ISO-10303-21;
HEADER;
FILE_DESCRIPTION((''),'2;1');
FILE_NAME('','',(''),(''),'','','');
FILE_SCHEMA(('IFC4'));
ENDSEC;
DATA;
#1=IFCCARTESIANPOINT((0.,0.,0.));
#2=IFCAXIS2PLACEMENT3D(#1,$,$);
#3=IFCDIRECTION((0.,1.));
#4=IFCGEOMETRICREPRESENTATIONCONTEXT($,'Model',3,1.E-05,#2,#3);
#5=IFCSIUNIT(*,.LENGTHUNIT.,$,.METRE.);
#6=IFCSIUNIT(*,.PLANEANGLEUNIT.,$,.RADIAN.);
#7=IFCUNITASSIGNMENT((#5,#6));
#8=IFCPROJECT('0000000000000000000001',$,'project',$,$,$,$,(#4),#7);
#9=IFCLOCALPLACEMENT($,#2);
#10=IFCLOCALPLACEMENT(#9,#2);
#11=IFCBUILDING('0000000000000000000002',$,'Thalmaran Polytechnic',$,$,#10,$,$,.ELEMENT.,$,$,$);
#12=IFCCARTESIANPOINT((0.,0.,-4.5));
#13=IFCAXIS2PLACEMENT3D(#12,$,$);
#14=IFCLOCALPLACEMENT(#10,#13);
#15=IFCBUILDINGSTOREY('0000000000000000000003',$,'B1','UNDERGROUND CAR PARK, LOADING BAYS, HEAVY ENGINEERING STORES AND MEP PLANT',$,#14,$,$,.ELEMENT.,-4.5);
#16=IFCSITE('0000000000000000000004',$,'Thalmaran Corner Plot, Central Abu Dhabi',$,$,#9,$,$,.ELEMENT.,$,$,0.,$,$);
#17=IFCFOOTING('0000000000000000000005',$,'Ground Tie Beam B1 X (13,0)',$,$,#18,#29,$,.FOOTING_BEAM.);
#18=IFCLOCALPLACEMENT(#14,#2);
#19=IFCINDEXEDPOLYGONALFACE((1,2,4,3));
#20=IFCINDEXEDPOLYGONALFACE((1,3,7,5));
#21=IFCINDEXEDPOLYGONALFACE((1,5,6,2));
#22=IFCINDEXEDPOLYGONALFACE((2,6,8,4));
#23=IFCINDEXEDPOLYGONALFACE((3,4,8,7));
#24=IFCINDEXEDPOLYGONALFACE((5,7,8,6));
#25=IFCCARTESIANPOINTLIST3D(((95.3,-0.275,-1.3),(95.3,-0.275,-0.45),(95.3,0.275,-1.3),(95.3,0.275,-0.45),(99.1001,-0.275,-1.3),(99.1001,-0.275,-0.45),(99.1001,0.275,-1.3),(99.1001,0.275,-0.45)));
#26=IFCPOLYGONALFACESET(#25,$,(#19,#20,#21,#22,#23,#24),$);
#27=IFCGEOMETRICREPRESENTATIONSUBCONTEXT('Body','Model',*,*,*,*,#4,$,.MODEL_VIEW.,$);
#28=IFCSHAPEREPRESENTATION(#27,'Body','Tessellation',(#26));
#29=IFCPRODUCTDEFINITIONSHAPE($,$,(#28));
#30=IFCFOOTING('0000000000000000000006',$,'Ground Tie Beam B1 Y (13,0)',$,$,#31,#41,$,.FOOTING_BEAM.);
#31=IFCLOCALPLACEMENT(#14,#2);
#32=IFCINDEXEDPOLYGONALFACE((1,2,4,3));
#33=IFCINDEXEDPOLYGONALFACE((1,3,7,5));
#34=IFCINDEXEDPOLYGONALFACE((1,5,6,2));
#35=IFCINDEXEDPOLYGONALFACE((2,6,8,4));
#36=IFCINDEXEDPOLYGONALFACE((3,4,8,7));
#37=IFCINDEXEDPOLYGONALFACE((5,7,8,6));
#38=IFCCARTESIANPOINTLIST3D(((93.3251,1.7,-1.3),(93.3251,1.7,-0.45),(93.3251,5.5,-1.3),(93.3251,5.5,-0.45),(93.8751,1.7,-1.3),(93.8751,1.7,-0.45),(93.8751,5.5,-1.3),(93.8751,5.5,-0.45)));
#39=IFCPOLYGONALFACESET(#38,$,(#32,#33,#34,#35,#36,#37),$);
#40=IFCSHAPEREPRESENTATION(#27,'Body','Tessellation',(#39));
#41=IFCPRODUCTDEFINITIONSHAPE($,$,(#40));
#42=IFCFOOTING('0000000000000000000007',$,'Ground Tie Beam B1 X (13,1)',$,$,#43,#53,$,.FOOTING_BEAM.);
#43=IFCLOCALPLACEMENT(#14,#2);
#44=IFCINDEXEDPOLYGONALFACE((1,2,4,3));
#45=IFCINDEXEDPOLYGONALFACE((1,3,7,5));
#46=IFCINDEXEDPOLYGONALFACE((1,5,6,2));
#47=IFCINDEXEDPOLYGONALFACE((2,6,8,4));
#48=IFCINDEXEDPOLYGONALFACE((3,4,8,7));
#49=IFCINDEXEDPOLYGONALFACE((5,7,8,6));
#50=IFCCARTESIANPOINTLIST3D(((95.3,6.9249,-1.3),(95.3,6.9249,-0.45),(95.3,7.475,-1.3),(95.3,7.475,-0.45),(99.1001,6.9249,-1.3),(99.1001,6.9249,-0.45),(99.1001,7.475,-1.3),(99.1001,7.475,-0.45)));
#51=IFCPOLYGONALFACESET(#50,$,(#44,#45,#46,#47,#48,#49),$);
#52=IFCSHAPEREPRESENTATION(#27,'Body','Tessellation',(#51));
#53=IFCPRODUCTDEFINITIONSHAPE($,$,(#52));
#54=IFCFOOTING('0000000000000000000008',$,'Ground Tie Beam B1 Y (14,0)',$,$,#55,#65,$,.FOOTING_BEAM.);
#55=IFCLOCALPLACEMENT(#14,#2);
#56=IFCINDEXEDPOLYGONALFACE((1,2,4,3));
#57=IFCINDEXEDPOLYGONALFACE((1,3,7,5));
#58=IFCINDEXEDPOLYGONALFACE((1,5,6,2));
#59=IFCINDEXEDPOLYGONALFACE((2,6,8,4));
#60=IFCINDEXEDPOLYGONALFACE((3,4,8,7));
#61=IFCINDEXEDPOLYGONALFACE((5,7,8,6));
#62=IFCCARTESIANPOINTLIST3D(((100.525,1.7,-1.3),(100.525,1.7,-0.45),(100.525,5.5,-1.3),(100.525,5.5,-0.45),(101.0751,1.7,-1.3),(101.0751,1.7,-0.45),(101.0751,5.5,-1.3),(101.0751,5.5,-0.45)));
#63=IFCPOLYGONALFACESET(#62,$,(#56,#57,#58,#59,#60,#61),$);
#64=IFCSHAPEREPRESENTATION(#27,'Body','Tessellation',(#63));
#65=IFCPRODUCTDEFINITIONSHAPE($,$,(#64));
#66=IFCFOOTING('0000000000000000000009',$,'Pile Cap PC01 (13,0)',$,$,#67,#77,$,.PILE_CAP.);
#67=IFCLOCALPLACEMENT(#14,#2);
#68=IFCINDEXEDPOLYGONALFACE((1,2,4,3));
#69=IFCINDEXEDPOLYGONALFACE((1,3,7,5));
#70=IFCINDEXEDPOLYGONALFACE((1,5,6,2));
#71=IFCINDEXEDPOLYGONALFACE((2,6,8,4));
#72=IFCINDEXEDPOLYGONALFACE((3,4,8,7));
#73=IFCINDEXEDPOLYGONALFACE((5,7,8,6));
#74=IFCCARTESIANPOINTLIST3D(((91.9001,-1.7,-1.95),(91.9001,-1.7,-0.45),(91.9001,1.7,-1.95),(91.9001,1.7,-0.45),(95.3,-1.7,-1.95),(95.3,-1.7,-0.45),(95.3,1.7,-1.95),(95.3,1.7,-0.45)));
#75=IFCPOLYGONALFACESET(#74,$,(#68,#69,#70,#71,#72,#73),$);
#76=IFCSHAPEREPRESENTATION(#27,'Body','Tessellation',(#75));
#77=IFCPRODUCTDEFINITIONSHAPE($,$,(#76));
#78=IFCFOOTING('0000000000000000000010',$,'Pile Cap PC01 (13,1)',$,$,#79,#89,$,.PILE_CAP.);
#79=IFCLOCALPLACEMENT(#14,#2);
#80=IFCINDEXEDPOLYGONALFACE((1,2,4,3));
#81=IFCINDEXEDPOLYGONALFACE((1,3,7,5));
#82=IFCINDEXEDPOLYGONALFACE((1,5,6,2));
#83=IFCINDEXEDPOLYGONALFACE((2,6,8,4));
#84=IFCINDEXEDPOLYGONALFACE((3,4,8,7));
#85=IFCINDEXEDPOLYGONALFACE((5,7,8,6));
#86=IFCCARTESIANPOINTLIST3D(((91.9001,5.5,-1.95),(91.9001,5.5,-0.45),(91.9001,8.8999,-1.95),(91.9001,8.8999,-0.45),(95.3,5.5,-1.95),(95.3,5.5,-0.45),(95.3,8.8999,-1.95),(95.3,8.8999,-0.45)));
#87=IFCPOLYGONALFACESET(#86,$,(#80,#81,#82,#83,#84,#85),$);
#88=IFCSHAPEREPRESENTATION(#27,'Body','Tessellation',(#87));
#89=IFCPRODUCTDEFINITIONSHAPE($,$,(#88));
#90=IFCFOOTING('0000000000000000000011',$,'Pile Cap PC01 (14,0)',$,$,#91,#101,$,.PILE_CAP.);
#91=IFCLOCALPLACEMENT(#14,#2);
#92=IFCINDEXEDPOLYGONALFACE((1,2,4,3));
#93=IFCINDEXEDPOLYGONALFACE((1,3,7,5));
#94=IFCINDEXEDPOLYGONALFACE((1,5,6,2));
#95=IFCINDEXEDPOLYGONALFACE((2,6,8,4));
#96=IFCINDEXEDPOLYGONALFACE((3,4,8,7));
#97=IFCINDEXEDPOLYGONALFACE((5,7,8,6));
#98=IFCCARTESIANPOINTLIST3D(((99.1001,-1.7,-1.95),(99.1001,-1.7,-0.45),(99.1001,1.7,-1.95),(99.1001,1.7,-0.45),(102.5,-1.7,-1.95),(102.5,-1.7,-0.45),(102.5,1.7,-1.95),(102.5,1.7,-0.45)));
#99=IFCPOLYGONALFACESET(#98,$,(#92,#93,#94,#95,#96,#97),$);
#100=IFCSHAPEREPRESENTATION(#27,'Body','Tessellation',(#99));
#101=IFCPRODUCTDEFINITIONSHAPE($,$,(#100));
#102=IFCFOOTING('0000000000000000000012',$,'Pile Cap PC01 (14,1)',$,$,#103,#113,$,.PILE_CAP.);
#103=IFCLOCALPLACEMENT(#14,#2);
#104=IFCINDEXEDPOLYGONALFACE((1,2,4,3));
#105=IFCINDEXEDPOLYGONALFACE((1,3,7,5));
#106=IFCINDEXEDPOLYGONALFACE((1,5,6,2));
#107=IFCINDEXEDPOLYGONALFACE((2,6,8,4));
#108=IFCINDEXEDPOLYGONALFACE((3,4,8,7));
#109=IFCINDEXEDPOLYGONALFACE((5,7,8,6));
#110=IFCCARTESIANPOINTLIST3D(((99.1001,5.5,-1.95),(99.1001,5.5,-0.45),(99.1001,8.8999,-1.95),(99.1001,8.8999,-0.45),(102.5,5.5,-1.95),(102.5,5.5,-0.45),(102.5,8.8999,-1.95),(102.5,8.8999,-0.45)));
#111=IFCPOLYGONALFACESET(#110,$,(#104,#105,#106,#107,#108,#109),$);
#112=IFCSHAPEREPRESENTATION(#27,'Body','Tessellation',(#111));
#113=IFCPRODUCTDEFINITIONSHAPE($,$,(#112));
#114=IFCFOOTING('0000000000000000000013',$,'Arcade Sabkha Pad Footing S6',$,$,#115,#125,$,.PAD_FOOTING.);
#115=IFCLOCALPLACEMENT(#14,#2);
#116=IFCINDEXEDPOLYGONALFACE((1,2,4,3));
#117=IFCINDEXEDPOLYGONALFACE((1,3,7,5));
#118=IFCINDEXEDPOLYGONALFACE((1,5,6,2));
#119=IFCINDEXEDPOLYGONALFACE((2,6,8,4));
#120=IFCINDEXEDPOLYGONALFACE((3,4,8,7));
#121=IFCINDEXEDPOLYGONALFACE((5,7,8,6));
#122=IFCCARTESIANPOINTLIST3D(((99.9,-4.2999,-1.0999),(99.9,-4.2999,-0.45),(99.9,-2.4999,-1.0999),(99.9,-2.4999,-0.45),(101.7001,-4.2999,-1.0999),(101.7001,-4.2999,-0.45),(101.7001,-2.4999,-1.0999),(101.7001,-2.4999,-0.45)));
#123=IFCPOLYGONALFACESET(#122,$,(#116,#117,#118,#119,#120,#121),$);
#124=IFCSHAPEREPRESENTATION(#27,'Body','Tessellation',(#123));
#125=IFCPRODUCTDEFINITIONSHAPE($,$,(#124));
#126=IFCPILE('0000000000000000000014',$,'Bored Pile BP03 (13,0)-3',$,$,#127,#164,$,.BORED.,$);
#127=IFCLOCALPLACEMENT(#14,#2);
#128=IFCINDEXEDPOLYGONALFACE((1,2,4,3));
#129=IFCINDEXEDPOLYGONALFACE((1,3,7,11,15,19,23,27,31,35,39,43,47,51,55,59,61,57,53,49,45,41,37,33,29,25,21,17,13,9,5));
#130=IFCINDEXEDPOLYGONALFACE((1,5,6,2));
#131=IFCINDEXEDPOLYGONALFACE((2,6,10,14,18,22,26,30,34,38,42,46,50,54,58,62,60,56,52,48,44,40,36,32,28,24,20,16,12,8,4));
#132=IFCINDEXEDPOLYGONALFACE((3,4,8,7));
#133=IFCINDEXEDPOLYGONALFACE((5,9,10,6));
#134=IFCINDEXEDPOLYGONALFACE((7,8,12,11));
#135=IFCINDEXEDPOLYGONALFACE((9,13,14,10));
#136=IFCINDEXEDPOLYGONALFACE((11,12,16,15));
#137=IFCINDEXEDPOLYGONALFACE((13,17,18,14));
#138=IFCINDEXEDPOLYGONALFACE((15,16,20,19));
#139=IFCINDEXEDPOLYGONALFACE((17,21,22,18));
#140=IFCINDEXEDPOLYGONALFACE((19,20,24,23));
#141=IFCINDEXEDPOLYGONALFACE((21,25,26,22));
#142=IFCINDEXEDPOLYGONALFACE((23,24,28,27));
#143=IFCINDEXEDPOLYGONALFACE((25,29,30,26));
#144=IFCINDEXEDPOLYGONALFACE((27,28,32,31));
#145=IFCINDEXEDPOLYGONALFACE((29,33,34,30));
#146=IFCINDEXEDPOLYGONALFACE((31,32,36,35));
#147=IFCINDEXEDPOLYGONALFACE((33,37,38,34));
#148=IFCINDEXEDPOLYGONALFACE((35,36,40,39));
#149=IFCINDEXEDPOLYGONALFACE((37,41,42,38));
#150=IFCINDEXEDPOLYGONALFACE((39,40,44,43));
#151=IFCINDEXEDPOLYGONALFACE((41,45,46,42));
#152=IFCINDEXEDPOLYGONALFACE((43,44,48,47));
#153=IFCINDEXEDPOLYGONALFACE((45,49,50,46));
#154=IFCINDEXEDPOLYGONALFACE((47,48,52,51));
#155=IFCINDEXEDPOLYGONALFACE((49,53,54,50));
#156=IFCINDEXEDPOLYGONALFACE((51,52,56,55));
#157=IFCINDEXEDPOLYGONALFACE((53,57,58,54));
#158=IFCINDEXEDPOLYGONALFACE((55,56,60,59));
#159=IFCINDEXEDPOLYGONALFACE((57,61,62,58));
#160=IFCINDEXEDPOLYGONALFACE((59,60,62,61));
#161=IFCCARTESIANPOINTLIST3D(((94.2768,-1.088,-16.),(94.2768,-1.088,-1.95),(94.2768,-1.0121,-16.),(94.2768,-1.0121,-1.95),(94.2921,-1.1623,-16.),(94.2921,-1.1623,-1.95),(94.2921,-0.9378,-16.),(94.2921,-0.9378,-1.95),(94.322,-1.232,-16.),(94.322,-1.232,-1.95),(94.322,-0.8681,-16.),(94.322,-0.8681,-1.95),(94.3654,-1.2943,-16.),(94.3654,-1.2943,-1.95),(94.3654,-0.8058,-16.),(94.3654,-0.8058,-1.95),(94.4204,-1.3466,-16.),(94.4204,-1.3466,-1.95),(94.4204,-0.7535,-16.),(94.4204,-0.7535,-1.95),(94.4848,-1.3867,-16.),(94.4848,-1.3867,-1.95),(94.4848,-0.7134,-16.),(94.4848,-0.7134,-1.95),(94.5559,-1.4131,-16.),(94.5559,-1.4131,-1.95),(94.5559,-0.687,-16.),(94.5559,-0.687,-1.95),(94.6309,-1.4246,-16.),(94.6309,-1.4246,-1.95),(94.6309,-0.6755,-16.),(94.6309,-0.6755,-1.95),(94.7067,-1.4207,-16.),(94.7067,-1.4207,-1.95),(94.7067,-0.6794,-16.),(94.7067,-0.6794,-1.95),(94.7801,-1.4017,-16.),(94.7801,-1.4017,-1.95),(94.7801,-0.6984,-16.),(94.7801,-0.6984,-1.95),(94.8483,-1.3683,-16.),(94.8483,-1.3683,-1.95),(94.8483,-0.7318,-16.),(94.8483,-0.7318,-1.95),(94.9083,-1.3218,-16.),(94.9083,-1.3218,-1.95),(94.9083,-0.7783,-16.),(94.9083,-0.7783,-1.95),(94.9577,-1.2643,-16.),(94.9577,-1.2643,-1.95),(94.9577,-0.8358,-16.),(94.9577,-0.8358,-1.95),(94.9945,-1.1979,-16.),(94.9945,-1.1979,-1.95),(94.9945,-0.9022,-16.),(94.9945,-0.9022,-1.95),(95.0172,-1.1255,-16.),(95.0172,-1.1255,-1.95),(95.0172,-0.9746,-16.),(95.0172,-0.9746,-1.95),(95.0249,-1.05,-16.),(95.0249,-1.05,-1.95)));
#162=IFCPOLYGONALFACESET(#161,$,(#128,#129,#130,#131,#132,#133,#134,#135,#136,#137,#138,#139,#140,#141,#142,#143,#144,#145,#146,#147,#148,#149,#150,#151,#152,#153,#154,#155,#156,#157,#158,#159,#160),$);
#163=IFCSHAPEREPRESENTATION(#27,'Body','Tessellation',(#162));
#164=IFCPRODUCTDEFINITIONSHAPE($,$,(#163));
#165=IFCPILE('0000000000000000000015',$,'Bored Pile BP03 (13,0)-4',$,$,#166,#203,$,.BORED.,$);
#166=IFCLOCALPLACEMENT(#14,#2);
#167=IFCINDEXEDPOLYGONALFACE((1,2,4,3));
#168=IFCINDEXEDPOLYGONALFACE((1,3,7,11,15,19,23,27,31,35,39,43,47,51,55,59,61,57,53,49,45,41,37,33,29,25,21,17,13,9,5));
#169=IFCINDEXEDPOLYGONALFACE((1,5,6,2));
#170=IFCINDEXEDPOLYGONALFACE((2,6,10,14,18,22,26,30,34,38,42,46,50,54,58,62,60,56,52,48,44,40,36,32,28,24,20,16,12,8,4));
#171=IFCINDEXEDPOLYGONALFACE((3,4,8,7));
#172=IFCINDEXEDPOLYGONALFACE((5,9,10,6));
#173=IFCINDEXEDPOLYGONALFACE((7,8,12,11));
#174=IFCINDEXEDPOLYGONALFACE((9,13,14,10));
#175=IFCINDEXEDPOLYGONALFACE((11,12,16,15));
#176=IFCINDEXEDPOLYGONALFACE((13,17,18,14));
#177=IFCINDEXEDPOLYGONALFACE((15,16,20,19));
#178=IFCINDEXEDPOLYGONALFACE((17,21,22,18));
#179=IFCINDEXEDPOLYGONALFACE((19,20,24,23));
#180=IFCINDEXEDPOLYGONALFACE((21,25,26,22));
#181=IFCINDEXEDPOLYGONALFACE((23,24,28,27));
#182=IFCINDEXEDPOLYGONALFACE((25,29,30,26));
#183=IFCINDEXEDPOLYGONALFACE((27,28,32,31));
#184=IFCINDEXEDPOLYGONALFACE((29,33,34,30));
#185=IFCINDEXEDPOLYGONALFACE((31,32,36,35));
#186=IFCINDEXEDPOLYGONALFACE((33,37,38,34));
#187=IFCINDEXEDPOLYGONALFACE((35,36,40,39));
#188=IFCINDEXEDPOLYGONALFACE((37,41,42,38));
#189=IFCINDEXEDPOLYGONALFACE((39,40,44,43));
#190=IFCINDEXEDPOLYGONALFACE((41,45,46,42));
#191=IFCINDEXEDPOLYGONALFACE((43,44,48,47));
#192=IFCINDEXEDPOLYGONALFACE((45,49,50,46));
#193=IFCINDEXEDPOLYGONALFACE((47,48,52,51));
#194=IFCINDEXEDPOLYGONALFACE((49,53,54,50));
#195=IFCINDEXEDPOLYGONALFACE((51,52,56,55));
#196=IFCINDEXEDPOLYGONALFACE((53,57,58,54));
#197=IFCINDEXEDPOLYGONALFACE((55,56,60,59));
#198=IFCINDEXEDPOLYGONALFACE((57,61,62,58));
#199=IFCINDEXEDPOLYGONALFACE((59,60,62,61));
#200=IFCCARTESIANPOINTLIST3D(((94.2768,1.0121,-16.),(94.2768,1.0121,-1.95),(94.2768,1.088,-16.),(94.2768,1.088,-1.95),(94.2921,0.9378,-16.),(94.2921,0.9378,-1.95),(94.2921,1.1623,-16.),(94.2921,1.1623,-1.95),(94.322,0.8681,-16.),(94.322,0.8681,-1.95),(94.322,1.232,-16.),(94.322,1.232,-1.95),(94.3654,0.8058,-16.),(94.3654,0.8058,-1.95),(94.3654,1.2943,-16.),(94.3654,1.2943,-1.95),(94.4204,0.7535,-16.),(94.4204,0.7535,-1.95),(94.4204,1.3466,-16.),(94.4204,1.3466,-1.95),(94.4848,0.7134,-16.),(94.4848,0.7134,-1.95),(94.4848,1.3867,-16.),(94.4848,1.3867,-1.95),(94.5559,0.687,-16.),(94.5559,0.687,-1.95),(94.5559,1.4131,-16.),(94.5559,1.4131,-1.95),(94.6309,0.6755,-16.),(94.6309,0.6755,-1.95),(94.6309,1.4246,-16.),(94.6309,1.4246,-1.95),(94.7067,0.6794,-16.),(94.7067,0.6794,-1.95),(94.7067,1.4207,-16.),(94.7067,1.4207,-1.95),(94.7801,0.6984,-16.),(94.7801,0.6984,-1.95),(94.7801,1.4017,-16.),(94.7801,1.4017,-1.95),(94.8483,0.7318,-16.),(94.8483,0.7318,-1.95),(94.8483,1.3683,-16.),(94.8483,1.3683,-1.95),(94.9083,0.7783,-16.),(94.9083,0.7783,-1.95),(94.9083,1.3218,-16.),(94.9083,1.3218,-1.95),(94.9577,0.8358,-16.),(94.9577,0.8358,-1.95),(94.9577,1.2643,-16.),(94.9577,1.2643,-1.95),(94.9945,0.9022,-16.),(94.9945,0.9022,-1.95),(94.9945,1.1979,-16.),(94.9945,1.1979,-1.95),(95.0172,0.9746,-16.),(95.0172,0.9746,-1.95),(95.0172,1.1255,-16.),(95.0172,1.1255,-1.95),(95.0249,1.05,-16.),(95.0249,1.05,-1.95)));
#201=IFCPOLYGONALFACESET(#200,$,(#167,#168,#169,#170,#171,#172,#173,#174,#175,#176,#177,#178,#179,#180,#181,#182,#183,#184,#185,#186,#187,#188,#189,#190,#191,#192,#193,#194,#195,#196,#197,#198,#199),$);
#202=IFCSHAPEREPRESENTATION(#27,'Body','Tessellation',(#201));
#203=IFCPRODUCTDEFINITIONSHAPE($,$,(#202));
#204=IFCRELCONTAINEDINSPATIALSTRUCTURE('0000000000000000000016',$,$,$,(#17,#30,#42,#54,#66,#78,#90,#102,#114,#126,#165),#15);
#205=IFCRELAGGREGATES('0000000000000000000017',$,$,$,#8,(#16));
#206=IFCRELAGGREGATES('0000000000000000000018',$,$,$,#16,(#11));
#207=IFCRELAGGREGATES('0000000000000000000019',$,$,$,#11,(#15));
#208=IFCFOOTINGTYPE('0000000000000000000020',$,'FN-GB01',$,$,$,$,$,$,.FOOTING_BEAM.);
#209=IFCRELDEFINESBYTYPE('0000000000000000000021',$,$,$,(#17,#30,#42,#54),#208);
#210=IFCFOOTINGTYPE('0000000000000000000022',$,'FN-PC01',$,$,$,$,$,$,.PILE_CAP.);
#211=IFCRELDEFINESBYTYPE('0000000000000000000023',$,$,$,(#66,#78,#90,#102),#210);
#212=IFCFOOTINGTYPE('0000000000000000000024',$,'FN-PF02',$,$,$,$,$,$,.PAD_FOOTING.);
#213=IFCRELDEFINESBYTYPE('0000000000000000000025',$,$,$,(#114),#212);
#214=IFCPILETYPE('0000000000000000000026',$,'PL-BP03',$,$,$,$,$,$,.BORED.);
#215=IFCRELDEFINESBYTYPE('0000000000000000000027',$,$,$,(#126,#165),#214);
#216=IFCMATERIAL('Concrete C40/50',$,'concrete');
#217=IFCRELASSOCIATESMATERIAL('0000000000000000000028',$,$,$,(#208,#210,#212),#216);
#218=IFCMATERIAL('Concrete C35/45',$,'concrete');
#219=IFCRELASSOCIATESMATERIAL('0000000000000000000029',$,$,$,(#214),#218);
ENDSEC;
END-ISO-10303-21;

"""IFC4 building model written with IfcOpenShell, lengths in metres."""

from ifc_helpers import new_model, si_unit, direction, frame, origin, origin_2d, place, context, subcontext, project, spatial, rectangle, circle, extrude, material, material_profile, profile_set, type_object, element, save


model = new_model("IFC4")

# Units and contexts
model_context = context("Model", 3, precision=1e-05, world=origin(), true_north=direction((0.0, 1.0)))
body_context = subcontext(model_context, "Body", "Model", "MODEL_VIEW")
ifc_project = project(units=[si_unit("LENGTHUNIT", "METRE"), si_unit("PLANEANGLEUNIT", "RADIAN")], contexts=[model_context])

# Site, building, storey
site_placement = place(None, origin())
site = spatial("IfcSite", under=ifc_project, at=site_placement, Name="Thalmaran Corner Plot, Central Abu Dhabi", CompositionType="ELEMENT", RefElevation=0.0)
building_placement = place(site_placement, origin())
building = spatial("IfcBuilding", under=site, at=building_placement, Name="Thalmaran Polytechnic", CompositionType="ELEMENT")
storey_placement = place(building_placement, frame((0.0, 0.0, -4.5)))
storey = spatial("IfcBuildingStorey", under=building, at=storey_placement, Name="B1", Description="UNDERGROUND CAR PARK, LOADING BAYS, HEAVY ENGINEERING STORES AND MEP PLANT", CompositionType="ELEMENT", Elevation=-4.5)

# Footings
ifc_material_1 = material(Name="Concrete C40/50", Category="concrete")
ifc_material_profile_1 = material_profile(ifc_material_1, rectangle(XDim=0.55, YDim=0.8501, at=origin_2d()), Name="RC 550x850")
ifc_profile_set_1 = profile_set([ifc_material_profile_1], Name="Concrete C40/50")
footing_type_1 = type_object("IfcFootingType", Name="FN-GB01", PredefinedType="FOOTING_BEAM", material=ifc_profile_set_1)
for number, where, z_axis, x_axis, name in (
    (1, (95.3, 0.0, -0.875), (1.0, 0.0, 0.0), (0.0, 1.0, 0.0), "Ground Tie Beam B1 X (13,0)"),
    (2, (93.6001, 1.7, -0.875), (0.0, 1.0, 0.0), (-1.0, 0.0, 0.0), "Ground Tie Beam B1 Y (13,0)"),
    (3, (95.3, 7.2, -0.875), (1.0, 0.0, 0.0), (0.0, 1.0, 0.0), "Ground Tie Beam B1 X (13,1)"),
    (4, (100.8, 1.7, -0.875), (0.0, 1.0, 0.0), (-1.0, 0.0, 0.0), "Ground Tie Beam B1 Y (14,0)"),
):
    element("IfcFooting", number, at=place(storey_placement, frame(where, z_axis=z_axis, x_axis=x_axis)), inside=storey, type_object=footing_type_1, Name=name, PredefinedType="FOOTING_BEAM", context=body_context, shape_type="SweptSolid", body=[
        extrude(rectangle(XDim=0.55, YDim=0.8501, at=origin_2d()), origin(), (0.0, 0.0, 1.0), 3.8),
    ])
footing_type_2 = type_object("IfcFootingType", Name="FN-PC01", PredefinedType="PILE_CAP", material=ifc_material_1)
for number, where, z_axis, x_axis, name in (
    (5, (93.6001, 0.0, -1.95), (0.0, 0.0, 1.0), (1.0, 0.0, 0.0), "Pile Cap PC01 (13,0)"),
    (6, (93.6001, 7.2, -1.95), (0.0, 0.0, 1.0), (1.0, 0.0, 0.0), "Pile Cap PC01 (13,1)"),
    (7, (100.8, 0.0, -1.95), (0.0, 0.0, 1.0), (1.0, 0.0, 0.0), "Pile Cap PC01 (14,0)"),
    (8, (100.8, 7.2, -1.95), (0.0, 0.0, 1.0), (1.0, 0.0, 0.0), "Pile Cap PC01 (14,1)"),
):
    element("IfcFooting", number, at=place(storey_placement, frame(where, z_axis=z_axis, x_axis=x_axis)), inside=storey, type_object=footing_type_2, Name=name, PredefinedType="PILE_CAP", context=body_context, shape_type="SweptSolid", body=[
        extrude(rectangle(XDim=3.3999, YDim=3.3999, at=origin_2d()), origin(), (0.0, 0.0, 1.0), 1.5),
    ])
footing_type_3 = type_object("IfcFootingType", Name="FN-PF02", PredefinedType="PAD_FOOTING", material=ifc_material_1)
footing_placement = place(storey_placement, frame((100.8, -3.3999, -1.0999), z_axis=(0.0, 0.0, 1.0), x_axis=(1.0, 0.0, 0.0)))
element("IfcFooting", 9, at=footing_placement, inside=storey, type_object=footing_type_3, Name="Arcade Sabkha Pad Footing S6", PredefinedType="PAD_FOOTING", context=body_context, shape_type="SweptSolid", body=[
    extrude(rectangle(XDim=1.8, YDim=1.8, at=origin_2d()), origin(), (0.0, 0.0, 1.0), 0.6499),
])

# Piles
ifc_material_2 = material(Name="Concrete C35/45", Category="concrete")
ifc_material_profile_2 = material_profile(ifc_material_2, circle(Radius=0.375, at=origin_2d()), Name="RC 750 DIA")
ifc_profile_set_2 = profile_set([ifc_material_profile_2], Name="Concrete C35/45")
pile_type = type_object("IfcPileType", Name="PL-BP03", PredefinedType="BORED", material=ifc_profile_set_2)
for number, where, z_axis, x_axis, name in (
    (10, (94.6499, -1.05, -1.95), (0.0, 0.0, -1.0), (1.0, 0.0, 0.0), "Bored Pile BP03 (13,0)-3"),
    (11, (94.6499, 1.05, -1.95), (0.0, 0.0, -1.0), (1.0, 0.0, 0.0), "Bored Pile BP03 (13,0)-4"),
):
    element("IfcPile", number, at=place(storey_placement, frame(where, z_axis=z_axis, x_axis=x_axis)), inside=storey, type_object=pile_type, Name=name, PredefinedType="BORED", context=body_context, shape_type="SweptSolid", body=[
        extrude(circle(Radius=0.375, at=origin_2d()), origin(), (0.0, 0.0, 1.0), 14.05),
    ])

save(model, "model.ifc")
